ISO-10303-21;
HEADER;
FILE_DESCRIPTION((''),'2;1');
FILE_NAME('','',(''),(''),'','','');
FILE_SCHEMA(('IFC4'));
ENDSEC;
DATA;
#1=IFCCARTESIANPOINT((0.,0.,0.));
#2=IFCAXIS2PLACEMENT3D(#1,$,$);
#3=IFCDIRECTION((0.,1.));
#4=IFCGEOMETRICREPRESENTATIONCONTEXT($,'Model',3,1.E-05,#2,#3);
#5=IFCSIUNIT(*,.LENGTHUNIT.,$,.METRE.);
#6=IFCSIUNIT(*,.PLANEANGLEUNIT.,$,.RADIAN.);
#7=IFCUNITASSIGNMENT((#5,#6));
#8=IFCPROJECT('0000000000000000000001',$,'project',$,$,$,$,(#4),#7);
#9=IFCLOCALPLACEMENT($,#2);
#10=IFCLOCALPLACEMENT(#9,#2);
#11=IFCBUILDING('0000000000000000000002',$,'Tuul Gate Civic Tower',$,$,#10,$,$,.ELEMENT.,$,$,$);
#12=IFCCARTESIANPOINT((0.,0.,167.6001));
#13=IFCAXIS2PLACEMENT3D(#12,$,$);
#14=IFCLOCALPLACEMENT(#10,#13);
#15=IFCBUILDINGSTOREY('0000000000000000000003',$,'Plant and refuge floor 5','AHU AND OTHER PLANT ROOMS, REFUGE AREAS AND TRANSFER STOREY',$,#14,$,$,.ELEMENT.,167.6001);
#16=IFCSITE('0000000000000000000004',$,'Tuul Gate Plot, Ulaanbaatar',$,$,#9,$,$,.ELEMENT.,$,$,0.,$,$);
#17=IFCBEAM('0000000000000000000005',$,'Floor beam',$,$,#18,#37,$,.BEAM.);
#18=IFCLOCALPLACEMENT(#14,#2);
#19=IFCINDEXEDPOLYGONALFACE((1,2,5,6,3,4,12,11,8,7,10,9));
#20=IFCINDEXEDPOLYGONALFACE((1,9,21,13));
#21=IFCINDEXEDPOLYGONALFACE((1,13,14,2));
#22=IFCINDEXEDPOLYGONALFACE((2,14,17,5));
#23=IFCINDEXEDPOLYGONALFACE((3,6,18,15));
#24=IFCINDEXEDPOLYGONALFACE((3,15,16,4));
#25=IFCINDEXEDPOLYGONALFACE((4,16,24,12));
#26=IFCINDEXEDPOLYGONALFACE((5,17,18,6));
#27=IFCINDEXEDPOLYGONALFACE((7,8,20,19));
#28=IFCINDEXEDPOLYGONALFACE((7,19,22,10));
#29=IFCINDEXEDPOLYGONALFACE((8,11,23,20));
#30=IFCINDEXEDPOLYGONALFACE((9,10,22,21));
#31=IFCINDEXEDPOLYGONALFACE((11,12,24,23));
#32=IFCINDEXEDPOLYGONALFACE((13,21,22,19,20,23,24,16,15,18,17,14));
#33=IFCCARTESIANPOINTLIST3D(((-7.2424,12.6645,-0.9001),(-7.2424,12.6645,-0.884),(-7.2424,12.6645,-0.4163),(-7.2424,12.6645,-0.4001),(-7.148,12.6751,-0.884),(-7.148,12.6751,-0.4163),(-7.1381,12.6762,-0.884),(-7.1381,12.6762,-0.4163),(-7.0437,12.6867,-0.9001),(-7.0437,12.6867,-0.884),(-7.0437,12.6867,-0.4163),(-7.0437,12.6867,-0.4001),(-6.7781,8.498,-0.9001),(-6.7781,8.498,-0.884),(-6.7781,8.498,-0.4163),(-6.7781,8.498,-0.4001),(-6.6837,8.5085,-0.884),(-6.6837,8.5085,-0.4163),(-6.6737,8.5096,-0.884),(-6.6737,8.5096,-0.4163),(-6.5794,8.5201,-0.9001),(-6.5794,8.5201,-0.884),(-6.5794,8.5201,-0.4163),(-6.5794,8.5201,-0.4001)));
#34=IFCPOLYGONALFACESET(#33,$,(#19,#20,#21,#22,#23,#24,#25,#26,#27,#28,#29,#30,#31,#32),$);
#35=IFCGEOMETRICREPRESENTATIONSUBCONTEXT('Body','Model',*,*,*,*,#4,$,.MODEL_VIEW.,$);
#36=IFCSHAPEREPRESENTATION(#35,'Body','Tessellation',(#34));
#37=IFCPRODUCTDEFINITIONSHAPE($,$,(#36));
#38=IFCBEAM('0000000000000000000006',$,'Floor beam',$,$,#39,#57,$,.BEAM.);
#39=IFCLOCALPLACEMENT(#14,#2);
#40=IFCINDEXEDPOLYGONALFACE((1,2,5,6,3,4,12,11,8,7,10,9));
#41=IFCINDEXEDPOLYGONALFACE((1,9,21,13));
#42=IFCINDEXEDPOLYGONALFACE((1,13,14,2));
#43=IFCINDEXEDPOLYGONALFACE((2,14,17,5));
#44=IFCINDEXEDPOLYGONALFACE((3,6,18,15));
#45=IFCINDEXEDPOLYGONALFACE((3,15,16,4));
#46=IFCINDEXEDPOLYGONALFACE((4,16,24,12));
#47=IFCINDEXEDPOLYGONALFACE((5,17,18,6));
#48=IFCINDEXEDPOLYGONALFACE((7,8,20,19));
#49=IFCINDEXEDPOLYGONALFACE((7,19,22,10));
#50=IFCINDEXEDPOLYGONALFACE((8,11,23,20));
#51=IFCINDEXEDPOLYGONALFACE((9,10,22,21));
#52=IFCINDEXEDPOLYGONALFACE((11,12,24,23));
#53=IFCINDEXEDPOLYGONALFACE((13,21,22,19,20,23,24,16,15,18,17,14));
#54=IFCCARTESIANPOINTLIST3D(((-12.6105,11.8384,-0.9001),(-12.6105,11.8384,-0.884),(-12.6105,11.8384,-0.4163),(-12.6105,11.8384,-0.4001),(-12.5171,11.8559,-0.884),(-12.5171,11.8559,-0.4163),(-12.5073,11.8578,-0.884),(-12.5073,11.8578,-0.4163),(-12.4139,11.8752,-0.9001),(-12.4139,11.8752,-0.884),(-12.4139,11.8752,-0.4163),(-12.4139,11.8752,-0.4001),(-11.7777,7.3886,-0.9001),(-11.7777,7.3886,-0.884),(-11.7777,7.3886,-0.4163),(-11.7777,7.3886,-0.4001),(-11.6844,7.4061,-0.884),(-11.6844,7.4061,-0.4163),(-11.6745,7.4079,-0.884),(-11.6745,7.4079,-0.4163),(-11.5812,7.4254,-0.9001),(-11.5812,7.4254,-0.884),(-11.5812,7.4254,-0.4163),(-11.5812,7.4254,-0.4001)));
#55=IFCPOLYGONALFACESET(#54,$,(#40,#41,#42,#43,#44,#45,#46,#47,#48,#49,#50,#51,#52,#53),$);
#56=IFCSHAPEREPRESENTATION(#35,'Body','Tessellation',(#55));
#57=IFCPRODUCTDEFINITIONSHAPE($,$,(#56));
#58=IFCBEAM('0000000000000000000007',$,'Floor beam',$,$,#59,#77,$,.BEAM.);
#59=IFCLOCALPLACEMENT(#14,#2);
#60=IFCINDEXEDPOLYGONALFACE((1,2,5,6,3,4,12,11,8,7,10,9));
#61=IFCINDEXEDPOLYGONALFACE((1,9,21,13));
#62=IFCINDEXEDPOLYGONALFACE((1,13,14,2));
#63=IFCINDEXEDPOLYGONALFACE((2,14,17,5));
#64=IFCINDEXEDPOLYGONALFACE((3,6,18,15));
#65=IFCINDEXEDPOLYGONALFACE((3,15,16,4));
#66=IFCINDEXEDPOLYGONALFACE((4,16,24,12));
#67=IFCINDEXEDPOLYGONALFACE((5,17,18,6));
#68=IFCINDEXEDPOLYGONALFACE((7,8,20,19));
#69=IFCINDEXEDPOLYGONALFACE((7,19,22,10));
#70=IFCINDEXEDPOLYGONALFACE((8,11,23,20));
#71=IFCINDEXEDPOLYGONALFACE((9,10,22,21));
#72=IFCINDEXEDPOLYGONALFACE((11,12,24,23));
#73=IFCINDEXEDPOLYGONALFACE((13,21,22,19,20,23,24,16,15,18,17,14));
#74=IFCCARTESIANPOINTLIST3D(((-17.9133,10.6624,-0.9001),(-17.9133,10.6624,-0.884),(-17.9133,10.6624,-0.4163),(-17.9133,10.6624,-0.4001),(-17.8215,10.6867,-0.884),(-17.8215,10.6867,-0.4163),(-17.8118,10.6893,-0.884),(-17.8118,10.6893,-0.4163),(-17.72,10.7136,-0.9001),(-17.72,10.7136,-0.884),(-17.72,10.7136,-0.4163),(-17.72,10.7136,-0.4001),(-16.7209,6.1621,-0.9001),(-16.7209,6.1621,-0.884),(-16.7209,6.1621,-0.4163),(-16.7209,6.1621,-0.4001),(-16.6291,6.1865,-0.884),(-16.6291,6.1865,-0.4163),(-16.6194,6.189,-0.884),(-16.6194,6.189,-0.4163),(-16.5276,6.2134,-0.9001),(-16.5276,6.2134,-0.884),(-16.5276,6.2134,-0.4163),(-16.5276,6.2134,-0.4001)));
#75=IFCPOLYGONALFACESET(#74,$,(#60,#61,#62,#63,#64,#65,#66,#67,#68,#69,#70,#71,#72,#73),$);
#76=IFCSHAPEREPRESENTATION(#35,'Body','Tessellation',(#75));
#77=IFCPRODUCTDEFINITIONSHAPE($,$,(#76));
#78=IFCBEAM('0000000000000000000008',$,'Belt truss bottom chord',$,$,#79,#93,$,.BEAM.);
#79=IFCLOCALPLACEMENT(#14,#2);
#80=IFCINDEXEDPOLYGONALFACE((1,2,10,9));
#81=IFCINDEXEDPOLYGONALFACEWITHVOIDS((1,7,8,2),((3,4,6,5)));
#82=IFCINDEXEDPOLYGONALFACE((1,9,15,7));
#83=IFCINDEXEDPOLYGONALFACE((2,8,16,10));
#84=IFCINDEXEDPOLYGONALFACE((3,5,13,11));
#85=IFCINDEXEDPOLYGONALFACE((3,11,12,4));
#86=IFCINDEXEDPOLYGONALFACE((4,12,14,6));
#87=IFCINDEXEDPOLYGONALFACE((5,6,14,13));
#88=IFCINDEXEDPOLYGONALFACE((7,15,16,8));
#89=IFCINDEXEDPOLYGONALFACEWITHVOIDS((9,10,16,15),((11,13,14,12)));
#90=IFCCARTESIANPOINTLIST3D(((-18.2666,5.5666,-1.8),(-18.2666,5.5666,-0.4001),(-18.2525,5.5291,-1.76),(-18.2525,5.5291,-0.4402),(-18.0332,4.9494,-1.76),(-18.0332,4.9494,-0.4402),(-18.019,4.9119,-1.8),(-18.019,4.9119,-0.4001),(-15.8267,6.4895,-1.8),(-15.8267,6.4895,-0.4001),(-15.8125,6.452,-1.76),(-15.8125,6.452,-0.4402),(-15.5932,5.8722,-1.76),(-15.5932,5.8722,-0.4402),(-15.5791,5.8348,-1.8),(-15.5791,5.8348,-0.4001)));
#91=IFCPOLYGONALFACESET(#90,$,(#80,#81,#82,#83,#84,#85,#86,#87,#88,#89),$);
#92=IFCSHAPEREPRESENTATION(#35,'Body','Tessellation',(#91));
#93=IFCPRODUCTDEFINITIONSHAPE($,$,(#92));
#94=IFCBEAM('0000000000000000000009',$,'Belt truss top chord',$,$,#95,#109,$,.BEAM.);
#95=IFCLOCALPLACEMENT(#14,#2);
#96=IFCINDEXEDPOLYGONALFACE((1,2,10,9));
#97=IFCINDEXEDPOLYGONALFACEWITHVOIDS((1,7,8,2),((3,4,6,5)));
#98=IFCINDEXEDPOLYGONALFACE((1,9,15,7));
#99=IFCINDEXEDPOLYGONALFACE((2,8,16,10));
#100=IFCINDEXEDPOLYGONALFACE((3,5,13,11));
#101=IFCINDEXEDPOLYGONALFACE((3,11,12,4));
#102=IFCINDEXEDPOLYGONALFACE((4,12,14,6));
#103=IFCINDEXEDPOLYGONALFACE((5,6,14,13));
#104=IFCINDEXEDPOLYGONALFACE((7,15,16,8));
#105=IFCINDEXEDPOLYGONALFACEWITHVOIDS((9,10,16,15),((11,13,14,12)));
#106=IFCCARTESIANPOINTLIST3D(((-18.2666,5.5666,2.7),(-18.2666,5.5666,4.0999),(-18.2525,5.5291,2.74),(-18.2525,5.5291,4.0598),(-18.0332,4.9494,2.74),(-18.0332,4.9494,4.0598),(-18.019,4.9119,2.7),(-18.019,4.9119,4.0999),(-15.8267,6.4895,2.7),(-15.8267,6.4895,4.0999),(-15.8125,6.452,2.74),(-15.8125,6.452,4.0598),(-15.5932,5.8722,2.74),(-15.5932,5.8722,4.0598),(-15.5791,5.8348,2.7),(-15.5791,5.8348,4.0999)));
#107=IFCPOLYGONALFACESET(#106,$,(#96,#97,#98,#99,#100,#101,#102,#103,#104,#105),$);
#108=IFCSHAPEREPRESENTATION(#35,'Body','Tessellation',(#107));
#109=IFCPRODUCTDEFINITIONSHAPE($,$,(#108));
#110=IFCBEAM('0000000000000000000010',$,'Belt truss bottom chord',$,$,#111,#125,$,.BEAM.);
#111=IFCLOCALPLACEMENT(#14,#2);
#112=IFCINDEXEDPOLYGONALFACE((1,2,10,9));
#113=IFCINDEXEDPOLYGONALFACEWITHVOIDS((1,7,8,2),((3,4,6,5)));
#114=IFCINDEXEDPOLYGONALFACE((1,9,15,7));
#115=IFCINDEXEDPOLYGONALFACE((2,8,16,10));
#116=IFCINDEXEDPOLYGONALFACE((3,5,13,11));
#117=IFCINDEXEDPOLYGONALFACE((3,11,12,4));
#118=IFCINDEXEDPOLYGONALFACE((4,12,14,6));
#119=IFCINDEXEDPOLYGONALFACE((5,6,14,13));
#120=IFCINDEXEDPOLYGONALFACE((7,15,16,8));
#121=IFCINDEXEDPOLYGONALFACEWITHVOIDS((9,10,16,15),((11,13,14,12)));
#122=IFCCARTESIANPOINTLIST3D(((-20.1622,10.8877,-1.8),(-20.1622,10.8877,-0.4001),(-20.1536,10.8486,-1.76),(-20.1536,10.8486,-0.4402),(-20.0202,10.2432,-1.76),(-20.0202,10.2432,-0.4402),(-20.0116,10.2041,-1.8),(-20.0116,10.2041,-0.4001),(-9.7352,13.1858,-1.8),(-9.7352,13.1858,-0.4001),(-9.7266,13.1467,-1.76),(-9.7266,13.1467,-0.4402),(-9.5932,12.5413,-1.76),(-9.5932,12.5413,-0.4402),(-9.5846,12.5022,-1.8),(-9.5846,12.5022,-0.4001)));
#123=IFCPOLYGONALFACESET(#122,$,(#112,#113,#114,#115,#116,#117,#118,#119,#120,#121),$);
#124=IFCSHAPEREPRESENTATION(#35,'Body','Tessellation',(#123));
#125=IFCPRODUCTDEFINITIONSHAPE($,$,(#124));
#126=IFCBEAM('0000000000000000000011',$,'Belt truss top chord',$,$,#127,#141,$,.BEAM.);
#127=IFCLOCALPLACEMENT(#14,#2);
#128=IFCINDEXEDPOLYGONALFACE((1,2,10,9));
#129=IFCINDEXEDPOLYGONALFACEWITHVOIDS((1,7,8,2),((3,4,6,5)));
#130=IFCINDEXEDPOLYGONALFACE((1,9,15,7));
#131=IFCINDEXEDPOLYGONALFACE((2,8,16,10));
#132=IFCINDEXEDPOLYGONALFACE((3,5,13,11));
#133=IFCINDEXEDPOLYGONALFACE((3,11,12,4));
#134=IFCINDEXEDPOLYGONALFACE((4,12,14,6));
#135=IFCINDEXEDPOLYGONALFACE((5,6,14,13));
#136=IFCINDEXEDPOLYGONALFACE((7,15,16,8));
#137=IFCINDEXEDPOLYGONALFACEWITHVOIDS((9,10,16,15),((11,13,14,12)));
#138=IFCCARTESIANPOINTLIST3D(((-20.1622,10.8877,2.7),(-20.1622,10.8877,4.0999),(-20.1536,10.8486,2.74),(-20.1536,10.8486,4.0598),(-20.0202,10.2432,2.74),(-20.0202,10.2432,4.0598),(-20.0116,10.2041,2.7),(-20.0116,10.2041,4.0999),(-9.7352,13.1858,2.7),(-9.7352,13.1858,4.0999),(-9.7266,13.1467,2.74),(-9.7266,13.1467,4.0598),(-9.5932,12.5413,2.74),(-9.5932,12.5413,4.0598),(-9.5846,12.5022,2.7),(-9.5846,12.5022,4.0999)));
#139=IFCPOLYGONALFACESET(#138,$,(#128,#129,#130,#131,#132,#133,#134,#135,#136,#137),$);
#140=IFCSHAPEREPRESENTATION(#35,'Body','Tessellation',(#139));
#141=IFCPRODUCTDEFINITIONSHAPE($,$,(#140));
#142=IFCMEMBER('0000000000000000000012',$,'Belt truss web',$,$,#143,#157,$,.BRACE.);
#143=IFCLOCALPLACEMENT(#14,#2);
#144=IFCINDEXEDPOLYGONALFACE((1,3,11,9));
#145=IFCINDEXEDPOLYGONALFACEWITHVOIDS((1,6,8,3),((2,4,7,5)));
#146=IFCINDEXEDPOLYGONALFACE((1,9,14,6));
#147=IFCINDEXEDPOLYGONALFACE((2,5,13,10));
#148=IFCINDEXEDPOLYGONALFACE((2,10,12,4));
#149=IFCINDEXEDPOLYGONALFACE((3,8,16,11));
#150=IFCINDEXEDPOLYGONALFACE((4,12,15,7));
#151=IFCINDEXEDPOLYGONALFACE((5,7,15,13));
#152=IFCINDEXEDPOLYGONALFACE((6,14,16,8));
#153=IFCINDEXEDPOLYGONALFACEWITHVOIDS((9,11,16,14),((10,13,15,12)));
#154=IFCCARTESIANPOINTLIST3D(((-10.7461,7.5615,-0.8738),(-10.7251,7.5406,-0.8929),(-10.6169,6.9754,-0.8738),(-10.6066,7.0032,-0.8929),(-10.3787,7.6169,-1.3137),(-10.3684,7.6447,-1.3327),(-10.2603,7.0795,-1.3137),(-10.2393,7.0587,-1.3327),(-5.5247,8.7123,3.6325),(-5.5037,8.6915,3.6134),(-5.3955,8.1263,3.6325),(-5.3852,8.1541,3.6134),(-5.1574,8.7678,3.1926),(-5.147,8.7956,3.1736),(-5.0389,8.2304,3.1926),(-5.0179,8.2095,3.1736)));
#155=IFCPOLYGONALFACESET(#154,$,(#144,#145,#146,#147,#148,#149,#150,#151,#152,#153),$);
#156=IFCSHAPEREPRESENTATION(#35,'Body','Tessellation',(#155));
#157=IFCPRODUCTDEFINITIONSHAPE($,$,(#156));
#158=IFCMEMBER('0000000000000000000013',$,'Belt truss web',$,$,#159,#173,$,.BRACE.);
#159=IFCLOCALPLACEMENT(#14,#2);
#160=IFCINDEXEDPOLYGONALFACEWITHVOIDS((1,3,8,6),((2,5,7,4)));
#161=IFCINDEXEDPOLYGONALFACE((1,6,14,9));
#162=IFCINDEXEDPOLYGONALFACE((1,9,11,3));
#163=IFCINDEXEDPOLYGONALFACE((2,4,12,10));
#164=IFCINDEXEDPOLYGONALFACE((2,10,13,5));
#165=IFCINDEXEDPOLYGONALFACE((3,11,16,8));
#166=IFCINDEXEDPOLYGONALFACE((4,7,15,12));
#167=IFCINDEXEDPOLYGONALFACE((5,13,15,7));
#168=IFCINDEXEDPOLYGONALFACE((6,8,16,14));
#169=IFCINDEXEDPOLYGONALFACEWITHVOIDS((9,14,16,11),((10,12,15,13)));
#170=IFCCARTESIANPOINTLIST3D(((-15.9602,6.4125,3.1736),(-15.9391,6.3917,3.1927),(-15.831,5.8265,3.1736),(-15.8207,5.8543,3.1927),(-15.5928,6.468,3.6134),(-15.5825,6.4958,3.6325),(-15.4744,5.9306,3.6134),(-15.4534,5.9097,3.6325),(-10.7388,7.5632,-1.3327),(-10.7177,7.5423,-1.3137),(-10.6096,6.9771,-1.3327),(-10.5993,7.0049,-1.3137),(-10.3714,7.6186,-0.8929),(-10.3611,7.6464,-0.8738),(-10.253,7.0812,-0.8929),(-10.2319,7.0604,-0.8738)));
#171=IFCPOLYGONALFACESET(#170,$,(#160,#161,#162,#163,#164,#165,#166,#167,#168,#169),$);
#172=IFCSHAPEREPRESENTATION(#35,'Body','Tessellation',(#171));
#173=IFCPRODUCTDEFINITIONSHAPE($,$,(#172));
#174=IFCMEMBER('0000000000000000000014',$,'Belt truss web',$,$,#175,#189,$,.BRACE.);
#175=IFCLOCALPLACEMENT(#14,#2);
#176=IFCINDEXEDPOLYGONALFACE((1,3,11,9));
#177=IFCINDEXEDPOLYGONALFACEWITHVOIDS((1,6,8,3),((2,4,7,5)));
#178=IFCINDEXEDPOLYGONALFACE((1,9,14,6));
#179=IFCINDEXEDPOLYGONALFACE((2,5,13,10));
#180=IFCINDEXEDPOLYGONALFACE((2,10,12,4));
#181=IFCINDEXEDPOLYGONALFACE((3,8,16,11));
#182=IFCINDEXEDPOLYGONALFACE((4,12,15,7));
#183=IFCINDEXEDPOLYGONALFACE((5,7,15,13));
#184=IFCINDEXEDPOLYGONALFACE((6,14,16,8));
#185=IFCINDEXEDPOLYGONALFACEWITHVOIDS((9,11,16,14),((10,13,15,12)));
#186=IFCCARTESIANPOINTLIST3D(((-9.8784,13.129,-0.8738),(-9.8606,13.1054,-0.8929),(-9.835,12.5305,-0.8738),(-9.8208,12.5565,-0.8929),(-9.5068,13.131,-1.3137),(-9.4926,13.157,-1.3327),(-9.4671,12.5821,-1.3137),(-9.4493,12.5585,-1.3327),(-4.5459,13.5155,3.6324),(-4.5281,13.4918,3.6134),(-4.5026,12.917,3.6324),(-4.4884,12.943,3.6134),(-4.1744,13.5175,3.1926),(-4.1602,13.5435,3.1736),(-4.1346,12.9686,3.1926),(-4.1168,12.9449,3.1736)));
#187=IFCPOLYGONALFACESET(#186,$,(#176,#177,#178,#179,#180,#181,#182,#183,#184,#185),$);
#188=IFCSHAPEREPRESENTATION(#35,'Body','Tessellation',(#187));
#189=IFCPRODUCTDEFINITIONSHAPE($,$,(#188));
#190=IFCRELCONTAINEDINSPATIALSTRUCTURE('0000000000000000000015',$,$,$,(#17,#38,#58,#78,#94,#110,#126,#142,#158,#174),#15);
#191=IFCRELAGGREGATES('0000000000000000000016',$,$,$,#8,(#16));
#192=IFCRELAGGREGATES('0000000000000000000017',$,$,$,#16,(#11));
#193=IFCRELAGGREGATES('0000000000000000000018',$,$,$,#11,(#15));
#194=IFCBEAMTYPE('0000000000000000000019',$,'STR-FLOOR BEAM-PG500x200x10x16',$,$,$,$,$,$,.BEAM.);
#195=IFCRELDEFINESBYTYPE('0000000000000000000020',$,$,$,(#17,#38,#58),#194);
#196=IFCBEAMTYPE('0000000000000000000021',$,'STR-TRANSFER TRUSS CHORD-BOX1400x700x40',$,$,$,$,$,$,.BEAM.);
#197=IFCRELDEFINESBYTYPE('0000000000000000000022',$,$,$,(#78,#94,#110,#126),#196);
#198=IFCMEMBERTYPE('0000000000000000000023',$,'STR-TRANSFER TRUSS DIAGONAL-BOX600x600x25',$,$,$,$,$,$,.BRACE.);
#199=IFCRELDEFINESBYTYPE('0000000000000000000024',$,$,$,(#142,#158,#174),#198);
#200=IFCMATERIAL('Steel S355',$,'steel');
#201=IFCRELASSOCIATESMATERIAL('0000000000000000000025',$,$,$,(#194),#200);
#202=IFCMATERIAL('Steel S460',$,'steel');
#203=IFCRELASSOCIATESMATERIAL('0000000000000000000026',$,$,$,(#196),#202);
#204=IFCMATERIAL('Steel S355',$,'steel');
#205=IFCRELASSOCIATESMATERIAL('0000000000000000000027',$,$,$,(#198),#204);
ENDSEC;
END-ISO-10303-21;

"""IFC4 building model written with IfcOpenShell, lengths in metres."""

from ifc_helpers import new_model, si_unit, direction, frame, origin, origin_2d, place, context, subcontext, project, spatial, hollow_rectangle, i_section, extrude, material, material_profile, profile_set, type_object, element, save


model = new_model("IFC4")

# Units and contexts
model_context = context("Model", 3, precision=1e-05, world=origin(), true_north=direction((0.0, 1.0)))
body_context = subcontext(model_context, "Body", "Model", "MODEL_VIEW")
ifc_project = project(units=[si_unit("LENGTHUNIT", "METRE"), si_unit("PLANEANGLEUNIT", "RADIAN")], contexts=[model_context])

# Site, building, storey
site_placement = place(None, origin())
site = spatial("IfcSite", under=ifc_project, at=site_placement, Name="Tuul Gate Plot, Ulaanbaatar", CompositionType="ELEMENT", RefElevation=0.0)
building_placement = place(site_placement, origin())
building = spatial("IfcBuilding", under=site, at=building_placement, Name="Tuul Gate Civic Tower", CompositionType="ELEMENT")
storey_placement = place(building_placement, frame((0.0, 0.0, 167.6001)))
storey = spatial("IfcBuildingStorey", under=building, at=storey_placement, Name="Plant and refuge floor 5", Description="AHU AND OTHER PLANT ROOMS, REFUGE AREAS AND TRANSFER STOREY", CompositionType="ELEMENT", Elevation=167.6001)

# Beams
ifc_material_1 = material(Name="Steel S355", Category="steel")
ifc_material_profile_1 = material_profile(ifc_material_1, i_section(OverallWidth=0.2, OverallDepth=0.5, WebThickness=0.01, FlangeThickness=0.0161, at=origin_2d()), Name="PG500x200x10x16")
ifc_profile_set_1 = profile_set([ifc_material_profile_1], Name="Steel S355")
beam_type_1 = type_object("IfcBeamType", Name="STR-FLOOR BEAM-PG500x200x10x16", PredefinedType="BEAM", material=ifc_profile_set_1)
beam_1_placement = place(storey_placement, frame((-6.6787, 8.509, -0.6501), z_axis=(-0.110764, 0.993847, 0.0), x_axis=(-0.993847, -0.110764, 0.0)))
element("IfcBeam", 1, at=beam_1_placement, inside=storey, type_object=beam_type_1, Name="Floor beam", PredefinedType="BEAM", context=body_context, shape_type="SweptSolid", body=[
    extrude(i_section(OverallWidth=0.2, OverallDepth=0.5, WebThickness=0.01, FlangeThickness=0.0161, at=origin_2d()), origin(), (0.0, 0.0, 1.0), 4.1924),
])
beam_2_placement = place(storey_placement, frame((-11.6794, 7.407, -0.6501), z_axis=(-0.183947, 0.982936, 0.0), x_axis=(-0.982936, -0.183947, 0.0)))
element("IfcBeam", 2, at=beam_2_placement, inside=storey, type_object=beam_type_1, Name="Floor beam", PredefinedType="BEAM", context=body_context, shape_type="SweptSolid", body=[
    extrude(i_section(OverallWidth=0.2, OverallDepth=0.5, WebThickness=0.01, FlangeThickness=0.0161, at=origin_2d()), origin(), (0.0, 0.0, 1.0), 4.5271),
])
beam_3_placement = place(storey_placement, frame((-16.6243, 6.1877, -0.6501), z_axis=(-0.256122, 0.966645, 0.0), x_axis=(-0.966645, -0.256122, 0.0)))
element("IfcBeam", 3, at=beam_3_placement, inside=storey, type_object=beam_type_1, Name="Floor beam", PredefinedType="BEAM", context=body_context, shape_type="SweptSolid", body=[
    extrude(i_section(OverallWidth=0.2, OverallDepth=0.5, WebThickness=0.01, FlangeThickness=0.0161, at=origin_2d()), origin(), (0.0, 0.0, 1.0), 4.6555),
])
ifc_material_2 = material(Name="Steel S460", Category="steel")
ifc_material_profile_2 = material_profile(ifc_material_2, hollow_rectangle(XDim=0.7, YDim=1.3999, WallThickness=0.04, at=origin_2d()), Name="BOX1400x700x40")
ifc_profile_set_2 = profile_set([ifc_material_profile_2], Name="Steel S460")
beam_type_2 = type_object("IfcBeamType", Name="STR-TRANSFER TRUSS CHORD-BOX1400x700x40", PredefinedType="BEAM", material=ifc_profile_set_2)
for number, where, z_axis, x_axis, name in (
    (4, (-15.7029, 6.1621, -1.1001), (-0.935333, -0.353768, 0.0), (0.353768, -0.935333, 0.0), "Belt truss bottom chord"),
    (5, (-15.7029, 6.1621, 3.3999), (-0.935333, -0.353768, 0.0), (0.353768, -0.935333, 0.0), "Belt truss top chord"),
):
    element("IfcBeam", number, at=place(storey_placement, frame(where, z_axis=z_axis, x_axis=x_axis)), inside=storey, type_object=beam_type_2, Name=name, PredefinedType="BEAM", context=body_context, shape_type="SweptSolid", body=[
        extrude(hollow_rectangle(XDim=0.7, YDim=1.3999, WallThickness=0.04, at=origin_2d()), origin(), (0.0, 0.0, 1.0), 2.6086),
    ])
for number, where, z_axis, x_axis, name in (
    (6, (-9.6599, 12.844, -1.1001), (-0.976563, -0.215233, 0.0), (0.215233, -0.976563, 0.0), "Belt truss bottom chord"),
    (7, (-9.6599, 12.844, 3.3999), (-0.976563, -0.215233, 0.0), (0.215233, -0.976563, 0.0), "Belt truss top chord"),
):
    element("IfcBeam", number, at=place(storey_placement, frame(where, z_axis=z_axis, x_axis=x_axis)), inside=storey, type_object=beam_type_2, Name=name, PredefinedType="BEAM", context=body_context, shape_type="SweptSolid", body=[
        extrude(hollow_rectangle(XDim=0.7, YDim=1.3999, WallThickness=0.04, at=origin_2d()), origin(), (0.0, 0.0, 1.0), 10.6772),
    ])

# Members
ifc_material_3 = material(Name="Steel S355", Category="steel")
ifc_material_profile_3 = material_profile(ifc_material_3, hollow_rectangle(XDim=0.6001, YDim=0.6001, WallThickness=0.0249, at=origin_2d()), Name="BOX600x600x25")
ifc_profile_set_3 = profile_set([ifc_material_profile_3], Name="Steel S355")
member_type_1 = type_object("IfcMemberType", Name="STR-TRANSFER TRUSS DIAGONAL-BOX600x600x25", PredefinedType="BRACE", material=ifc_profile_set_3)
for number, where, z_axis, x_axis, name in (
    (8, (-10.4927, 7.3101, -1.1033), (0.746719, 0.164588, 0.644454), (-0.215248, 0.976559, 0.0), "Belt truss web"),
    (9, (-10.4854, 7.3118, -1.1033), (-0.746724, -0.164554, 0.644458), (0.215204, -0.976569, 0.0), "Belt truss web"),
):
    element("IfcMember", number, at=place(storey_placement, frame(where, z_axis=z_axis, x_axis=x_axis)), inside=storey, type_object=member_type_1, Name=name, PredefinedType="BRACE", context=body_context, shape_type="SweptSolid", body=[
        extrude(hollow_rectangle(XDim=0.6001, YDim=0.6001, WallThickness=0.0249, at=origin_2d()), origin(), (0.0, 0.0, 1.0), 6.9924),
    ])
for number, where, z_axis, x_axis, name in (
    (10, (-9.6638, 12.8438, -1.1033), (0.762627, 0.055271, 0.644473), (-0.072285, 0.997384, 0.0), "Belt truss web"),
):
    element("IfcMember", number, at=place(storey_placement, frame(where, z_axis=z_axis, x_axis=x_axis)), inside=storey, type_object=member_type_1, Name=name, PredefinedType="BRACE", context=body_context, shape_type="SweptSolid", body=[
        extrude(hollow_rectangle(XDim=0.6001, YDim=0.6001, WallThickness=0.0249, at=origin_2d()), origin(), (0.0, 0.0, 1.0), 6.9922),
    ])

save(model, "model.ifc")
